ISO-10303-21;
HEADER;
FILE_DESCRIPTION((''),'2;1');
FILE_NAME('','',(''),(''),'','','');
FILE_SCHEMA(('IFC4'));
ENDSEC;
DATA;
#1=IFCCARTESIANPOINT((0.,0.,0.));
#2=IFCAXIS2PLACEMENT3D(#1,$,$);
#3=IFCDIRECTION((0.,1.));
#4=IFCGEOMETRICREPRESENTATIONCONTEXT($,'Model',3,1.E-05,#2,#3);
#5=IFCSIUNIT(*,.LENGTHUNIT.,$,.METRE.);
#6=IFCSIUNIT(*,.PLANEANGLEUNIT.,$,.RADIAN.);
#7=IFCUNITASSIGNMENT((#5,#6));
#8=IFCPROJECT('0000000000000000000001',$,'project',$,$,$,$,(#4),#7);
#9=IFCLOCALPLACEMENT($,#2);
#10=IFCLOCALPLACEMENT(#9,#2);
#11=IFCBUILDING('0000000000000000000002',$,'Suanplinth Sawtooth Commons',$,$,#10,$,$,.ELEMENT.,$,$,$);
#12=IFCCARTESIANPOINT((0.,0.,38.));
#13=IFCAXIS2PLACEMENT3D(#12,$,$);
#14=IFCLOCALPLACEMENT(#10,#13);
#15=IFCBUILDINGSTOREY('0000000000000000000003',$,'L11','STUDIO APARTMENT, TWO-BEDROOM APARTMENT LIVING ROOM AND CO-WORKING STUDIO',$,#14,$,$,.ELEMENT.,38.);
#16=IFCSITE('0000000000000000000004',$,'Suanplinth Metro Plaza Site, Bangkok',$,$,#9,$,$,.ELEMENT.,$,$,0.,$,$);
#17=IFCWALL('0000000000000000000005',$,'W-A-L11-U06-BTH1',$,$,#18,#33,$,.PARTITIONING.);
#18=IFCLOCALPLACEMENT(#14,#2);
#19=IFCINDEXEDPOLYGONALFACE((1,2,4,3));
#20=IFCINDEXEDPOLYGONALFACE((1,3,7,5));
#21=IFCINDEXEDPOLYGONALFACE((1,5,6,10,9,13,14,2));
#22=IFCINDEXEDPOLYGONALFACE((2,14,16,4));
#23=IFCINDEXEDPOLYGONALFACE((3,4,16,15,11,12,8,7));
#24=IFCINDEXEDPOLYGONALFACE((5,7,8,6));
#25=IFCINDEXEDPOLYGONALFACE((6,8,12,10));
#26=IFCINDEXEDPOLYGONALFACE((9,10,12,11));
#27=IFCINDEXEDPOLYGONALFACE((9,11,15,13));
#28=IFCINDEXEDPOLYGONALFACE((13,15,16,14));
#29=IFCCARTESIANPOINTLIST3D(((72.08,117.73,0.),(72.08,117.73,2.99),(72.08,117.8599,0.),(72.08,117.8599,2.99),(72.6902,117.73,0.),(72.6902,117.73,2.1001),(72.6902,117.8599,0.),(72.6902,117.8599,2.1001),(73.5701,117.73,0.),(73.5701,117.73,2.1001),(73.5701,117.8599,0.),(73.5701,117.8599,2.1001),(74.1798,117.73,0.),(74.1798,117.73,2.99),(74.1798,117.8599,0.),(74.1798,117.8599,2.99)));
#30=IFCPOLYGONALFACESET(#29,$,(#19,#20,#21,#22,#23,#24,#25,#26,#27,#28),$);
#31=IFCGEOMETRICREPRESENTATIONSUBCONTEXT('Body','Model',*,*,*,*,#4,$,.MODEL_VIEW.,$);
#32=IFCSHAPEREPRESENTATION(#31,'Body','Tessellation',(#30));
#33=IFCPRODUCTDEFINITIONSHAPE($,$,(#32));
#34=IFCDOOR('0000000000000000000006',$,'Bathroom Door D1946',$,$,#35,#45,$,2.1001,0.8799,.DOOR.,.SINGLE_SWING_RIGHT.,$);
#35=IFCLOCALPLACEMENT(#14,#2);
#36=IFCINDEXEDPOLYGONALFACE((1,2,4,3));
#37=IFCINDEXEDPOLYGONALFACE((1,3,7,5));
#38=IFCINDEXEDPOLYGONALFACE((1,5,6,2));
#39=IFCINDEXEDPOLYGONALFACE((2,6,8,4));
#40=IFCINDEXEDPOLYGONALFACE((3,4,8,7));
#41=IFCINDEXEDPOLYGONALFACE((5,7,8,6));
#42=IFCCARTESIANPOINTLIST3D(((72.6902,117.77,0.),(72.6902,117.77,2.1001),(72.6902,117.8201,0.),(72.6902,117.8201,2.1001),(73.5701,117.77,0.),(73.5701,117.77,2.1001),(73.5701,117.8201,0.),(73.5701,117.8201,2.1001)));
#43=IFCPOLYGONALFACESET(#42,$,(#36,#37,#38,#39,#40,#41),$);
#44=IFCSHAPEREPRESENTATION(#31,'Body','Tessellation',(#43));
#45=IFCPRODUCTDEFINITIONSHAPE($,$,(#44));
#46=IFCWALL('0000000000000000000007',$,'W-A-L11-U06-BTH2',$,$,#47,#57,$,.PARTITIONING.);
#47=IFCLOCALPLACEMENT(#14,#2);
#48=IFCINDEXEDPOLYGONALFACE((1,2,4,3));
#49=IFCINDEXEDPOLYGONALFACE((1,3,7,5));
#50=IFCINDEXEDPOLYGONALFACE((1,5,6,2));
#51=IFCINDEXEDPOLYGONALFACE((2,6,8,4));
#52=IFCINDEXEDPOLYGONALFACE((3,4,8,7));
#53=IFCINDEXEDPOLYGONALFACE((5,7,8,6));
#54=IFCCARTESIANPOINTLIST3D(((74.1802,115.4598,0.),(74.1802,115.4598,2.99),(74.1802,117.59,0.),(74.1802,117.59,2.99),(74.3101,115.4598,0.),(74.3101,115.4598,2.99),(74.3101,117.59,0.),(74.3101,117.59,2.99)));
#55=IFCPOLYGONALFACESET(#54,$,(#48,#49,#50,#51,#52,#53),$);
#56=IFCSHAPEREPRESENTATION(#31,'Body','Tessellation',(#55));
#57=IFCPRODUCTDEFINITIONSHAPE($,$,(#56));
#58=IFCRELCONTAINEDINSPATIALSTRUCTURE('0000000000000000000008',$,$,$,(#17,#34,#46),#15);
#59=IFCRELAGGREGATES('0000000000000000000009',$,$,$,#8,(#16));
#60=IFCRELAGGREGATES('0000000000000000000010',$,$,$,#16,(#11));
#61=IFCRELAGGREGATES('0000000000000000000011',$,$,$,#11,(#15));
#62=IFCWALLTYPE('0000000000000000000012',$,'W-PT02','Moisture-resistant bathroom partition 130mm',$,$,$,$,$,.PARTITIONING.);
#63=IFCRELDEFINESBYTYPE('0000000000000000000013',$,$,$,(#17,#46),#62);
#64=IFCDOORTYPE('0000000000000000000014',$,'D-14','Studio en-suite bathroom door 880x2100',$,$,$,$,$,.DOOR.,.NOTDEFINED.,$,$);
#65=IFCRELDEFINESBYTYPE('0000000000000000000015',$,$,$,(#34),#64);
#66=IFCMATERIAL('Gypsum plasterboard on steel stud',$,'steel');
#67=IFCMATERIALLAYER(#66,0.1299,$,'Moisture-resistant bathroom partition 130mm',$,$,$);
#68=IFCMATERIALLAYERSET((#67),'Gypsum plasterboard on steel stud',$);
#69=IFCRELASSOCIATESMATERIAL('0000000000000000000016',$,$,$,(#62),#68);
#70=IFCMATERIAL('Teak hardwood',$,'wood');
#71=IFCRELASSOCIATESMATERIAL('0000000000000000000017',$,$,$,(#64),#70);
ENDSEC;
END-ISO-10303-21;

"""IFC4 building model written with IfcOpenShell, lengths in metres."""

from ifc_helpers import new_model, si_unit, direction, frame, frame_2d, origin, place, context, subcontext, project, spatial, rectangle, extrude, material, layer, layer_set, type_object, element, fill, save


model = new_model("IFC4")

# Units and contexts
model_context = context("Model", 3, precision=1e-05, world=origin(), true_north=direction((0.0, 1.0)))
body_context = subcontext(model_context, "Body", "Model", "MODEL_VIEW")
ifc_project = project(units=[si_unit("LENGTHUNIT", "METRE"), si_unit("PLANEANGLEUNIT", "RADIAN")], contexts=[model_context])

# Site, building, storey
site_placement = place(None, origin())
site = spatial("IfcSite", under=ifc_project, at=site_placement, Name="Suanplinth Metro Plaza Site, Bangkok", CompositionType="ELEMENT", RefElevation=0.0)
building_placement = place(site_placement, origin())
building = spatial("IfcBuilding", under=site, at=building_placement, Name="Suanplinth Sawtooth Commons", CompositionType="ELEMENT")
storey_placement = place(building_placement, frame((0.0, 0.0, 38.0)))
storey = spatial("IfcBuildingStorey", under=building, at=storey_placement, Name="L11", Description="STUDIO APARTMENT, TWO-BEDROOM APARTMENT LIVING ROOM AND CO-WORKING STUDIO", CompositionType="ELEMENT", Elevation=38.0)

# Shared definitions
ifc_material_1 = material(Name="Gypsum plasterboard on steel stud", Category="steel")
ifc_material_2 = material(Name="Teak hardwood", Category="wood")

# Wall, opening, door
ifc_layer_1 = layer(ifc_material_1, 0.1299, Name="Moisture-resistant bathroom partition 130mm")
ifc_layer_set_1 = layer_set([ifc_layer_1], Name="Gypsum plasterboard on steel stud")
wall_type_1 = type_object("IfcWallType", Name="W-PT02", Description="Moisture-resistant bathroom partition 130mm", PredefinedType="PARTITIONING", material=ifc_layer_set_1)
wall_1_placement = place(storey_placement, frame((72.0801, 117.7949, 0.0), z_axis=(0.0, 0.0, 1.0), x_axis=(1.0, 0.0, 0.0)))
wall_1 = element("IfcWall", 1, at=wall_1_placement, inside=storey, type_object=wall_type_1, Name="W-A-L11-U06-BTH1", PredefinedType="PARTITIONING", context=body_context, shape_type="SweptSolid", body=[
    extrude(rectangle(XDim=2.0999, YDim=0.1299, at=frame_2d((1.0498, 0.0))), origin(), (0.0, 0.0, 1.0), 2.99),
])
opening_1_placement = place(wall_1_placement, frame((0.6101, 0.0, 0.0)))
opening_1 = element("IfcOpeningElement", 2, at=opening_1_placement, cuts=wall_1, PredefinedType="OPENING", context=body_context, shape_type="SweptSolid", body=[
    extrude(rectangle(XDim=0.8799, YDim=2.1001, at=frame_2d((0.4399, 1.05))), frame((0.0, 0.0798, 0.0), z_axis=(0.0, -1.0, 0.0), x_axis=(1.0, 0.0, 0.0)), (0.0, 0.0, 1.0), 0.1597),
])
door_type_1 = type_object("IfcDoorType", Name="D-14", Description="Studio en-suite bathroom door 880x2100", OperationType="NOTDEFINED", PredefinedType="DOOR", material=ifc_material_2)
door_1_placement = place(opening_1_placement, frame((0.8799, 0.0, 0.0), z_axis=(0.0, 0.0, 1.0), x_axis=(-1.0, 0.0, 0.0)))
door_1 = element("IfcDoor", 3, at=door_1_placement, inside=storey, type_object=door_type_1, Name="Bathroom Door D1946", OperationType="SINGLE_SWING_RIGHT", OverallHeight=2.1001, OverallWidth=0.8799, PredefinedType="DOOR", context=body_context, shape_type="SweptSolid", body=[
    extrude(rectangle(XDim=0.8799, YDim=2.1001, at=frame_2d((0.4399, 1.05))), frame((0.0, 0.0249, 0.0), z_axis=(0.0, -1.0, 0.0), x_axis=(1.0, 0.0, 0.0)), (0.0, 0.0, 1.0), 0.05),
])
fill(opening_1, door_1)

# Wall
wall_2_placement = place(storey_placement, frame((74.2451, 115.46, 0.0), z_axis=(0.0, 0.0, 1.0), x_axis=(0.0, 1.0, 0.0)))
element("IfcWall", 4, at=wall_2_placement, inside=storey, type_object=wall_type_1, Name="W-A-L11-U06-BTH2", PredefinedType="PARTITIONING", context=body_context, shape_type="SweptSolid", body=[
    extrude(rectangle(XDim=2.1301, YDim=0.1299, at=frame_2d((1.0649, 0.0))), origin(), (0.0, 0.0, 1.0), 2.99),
])

save(model, "model.ifc")
